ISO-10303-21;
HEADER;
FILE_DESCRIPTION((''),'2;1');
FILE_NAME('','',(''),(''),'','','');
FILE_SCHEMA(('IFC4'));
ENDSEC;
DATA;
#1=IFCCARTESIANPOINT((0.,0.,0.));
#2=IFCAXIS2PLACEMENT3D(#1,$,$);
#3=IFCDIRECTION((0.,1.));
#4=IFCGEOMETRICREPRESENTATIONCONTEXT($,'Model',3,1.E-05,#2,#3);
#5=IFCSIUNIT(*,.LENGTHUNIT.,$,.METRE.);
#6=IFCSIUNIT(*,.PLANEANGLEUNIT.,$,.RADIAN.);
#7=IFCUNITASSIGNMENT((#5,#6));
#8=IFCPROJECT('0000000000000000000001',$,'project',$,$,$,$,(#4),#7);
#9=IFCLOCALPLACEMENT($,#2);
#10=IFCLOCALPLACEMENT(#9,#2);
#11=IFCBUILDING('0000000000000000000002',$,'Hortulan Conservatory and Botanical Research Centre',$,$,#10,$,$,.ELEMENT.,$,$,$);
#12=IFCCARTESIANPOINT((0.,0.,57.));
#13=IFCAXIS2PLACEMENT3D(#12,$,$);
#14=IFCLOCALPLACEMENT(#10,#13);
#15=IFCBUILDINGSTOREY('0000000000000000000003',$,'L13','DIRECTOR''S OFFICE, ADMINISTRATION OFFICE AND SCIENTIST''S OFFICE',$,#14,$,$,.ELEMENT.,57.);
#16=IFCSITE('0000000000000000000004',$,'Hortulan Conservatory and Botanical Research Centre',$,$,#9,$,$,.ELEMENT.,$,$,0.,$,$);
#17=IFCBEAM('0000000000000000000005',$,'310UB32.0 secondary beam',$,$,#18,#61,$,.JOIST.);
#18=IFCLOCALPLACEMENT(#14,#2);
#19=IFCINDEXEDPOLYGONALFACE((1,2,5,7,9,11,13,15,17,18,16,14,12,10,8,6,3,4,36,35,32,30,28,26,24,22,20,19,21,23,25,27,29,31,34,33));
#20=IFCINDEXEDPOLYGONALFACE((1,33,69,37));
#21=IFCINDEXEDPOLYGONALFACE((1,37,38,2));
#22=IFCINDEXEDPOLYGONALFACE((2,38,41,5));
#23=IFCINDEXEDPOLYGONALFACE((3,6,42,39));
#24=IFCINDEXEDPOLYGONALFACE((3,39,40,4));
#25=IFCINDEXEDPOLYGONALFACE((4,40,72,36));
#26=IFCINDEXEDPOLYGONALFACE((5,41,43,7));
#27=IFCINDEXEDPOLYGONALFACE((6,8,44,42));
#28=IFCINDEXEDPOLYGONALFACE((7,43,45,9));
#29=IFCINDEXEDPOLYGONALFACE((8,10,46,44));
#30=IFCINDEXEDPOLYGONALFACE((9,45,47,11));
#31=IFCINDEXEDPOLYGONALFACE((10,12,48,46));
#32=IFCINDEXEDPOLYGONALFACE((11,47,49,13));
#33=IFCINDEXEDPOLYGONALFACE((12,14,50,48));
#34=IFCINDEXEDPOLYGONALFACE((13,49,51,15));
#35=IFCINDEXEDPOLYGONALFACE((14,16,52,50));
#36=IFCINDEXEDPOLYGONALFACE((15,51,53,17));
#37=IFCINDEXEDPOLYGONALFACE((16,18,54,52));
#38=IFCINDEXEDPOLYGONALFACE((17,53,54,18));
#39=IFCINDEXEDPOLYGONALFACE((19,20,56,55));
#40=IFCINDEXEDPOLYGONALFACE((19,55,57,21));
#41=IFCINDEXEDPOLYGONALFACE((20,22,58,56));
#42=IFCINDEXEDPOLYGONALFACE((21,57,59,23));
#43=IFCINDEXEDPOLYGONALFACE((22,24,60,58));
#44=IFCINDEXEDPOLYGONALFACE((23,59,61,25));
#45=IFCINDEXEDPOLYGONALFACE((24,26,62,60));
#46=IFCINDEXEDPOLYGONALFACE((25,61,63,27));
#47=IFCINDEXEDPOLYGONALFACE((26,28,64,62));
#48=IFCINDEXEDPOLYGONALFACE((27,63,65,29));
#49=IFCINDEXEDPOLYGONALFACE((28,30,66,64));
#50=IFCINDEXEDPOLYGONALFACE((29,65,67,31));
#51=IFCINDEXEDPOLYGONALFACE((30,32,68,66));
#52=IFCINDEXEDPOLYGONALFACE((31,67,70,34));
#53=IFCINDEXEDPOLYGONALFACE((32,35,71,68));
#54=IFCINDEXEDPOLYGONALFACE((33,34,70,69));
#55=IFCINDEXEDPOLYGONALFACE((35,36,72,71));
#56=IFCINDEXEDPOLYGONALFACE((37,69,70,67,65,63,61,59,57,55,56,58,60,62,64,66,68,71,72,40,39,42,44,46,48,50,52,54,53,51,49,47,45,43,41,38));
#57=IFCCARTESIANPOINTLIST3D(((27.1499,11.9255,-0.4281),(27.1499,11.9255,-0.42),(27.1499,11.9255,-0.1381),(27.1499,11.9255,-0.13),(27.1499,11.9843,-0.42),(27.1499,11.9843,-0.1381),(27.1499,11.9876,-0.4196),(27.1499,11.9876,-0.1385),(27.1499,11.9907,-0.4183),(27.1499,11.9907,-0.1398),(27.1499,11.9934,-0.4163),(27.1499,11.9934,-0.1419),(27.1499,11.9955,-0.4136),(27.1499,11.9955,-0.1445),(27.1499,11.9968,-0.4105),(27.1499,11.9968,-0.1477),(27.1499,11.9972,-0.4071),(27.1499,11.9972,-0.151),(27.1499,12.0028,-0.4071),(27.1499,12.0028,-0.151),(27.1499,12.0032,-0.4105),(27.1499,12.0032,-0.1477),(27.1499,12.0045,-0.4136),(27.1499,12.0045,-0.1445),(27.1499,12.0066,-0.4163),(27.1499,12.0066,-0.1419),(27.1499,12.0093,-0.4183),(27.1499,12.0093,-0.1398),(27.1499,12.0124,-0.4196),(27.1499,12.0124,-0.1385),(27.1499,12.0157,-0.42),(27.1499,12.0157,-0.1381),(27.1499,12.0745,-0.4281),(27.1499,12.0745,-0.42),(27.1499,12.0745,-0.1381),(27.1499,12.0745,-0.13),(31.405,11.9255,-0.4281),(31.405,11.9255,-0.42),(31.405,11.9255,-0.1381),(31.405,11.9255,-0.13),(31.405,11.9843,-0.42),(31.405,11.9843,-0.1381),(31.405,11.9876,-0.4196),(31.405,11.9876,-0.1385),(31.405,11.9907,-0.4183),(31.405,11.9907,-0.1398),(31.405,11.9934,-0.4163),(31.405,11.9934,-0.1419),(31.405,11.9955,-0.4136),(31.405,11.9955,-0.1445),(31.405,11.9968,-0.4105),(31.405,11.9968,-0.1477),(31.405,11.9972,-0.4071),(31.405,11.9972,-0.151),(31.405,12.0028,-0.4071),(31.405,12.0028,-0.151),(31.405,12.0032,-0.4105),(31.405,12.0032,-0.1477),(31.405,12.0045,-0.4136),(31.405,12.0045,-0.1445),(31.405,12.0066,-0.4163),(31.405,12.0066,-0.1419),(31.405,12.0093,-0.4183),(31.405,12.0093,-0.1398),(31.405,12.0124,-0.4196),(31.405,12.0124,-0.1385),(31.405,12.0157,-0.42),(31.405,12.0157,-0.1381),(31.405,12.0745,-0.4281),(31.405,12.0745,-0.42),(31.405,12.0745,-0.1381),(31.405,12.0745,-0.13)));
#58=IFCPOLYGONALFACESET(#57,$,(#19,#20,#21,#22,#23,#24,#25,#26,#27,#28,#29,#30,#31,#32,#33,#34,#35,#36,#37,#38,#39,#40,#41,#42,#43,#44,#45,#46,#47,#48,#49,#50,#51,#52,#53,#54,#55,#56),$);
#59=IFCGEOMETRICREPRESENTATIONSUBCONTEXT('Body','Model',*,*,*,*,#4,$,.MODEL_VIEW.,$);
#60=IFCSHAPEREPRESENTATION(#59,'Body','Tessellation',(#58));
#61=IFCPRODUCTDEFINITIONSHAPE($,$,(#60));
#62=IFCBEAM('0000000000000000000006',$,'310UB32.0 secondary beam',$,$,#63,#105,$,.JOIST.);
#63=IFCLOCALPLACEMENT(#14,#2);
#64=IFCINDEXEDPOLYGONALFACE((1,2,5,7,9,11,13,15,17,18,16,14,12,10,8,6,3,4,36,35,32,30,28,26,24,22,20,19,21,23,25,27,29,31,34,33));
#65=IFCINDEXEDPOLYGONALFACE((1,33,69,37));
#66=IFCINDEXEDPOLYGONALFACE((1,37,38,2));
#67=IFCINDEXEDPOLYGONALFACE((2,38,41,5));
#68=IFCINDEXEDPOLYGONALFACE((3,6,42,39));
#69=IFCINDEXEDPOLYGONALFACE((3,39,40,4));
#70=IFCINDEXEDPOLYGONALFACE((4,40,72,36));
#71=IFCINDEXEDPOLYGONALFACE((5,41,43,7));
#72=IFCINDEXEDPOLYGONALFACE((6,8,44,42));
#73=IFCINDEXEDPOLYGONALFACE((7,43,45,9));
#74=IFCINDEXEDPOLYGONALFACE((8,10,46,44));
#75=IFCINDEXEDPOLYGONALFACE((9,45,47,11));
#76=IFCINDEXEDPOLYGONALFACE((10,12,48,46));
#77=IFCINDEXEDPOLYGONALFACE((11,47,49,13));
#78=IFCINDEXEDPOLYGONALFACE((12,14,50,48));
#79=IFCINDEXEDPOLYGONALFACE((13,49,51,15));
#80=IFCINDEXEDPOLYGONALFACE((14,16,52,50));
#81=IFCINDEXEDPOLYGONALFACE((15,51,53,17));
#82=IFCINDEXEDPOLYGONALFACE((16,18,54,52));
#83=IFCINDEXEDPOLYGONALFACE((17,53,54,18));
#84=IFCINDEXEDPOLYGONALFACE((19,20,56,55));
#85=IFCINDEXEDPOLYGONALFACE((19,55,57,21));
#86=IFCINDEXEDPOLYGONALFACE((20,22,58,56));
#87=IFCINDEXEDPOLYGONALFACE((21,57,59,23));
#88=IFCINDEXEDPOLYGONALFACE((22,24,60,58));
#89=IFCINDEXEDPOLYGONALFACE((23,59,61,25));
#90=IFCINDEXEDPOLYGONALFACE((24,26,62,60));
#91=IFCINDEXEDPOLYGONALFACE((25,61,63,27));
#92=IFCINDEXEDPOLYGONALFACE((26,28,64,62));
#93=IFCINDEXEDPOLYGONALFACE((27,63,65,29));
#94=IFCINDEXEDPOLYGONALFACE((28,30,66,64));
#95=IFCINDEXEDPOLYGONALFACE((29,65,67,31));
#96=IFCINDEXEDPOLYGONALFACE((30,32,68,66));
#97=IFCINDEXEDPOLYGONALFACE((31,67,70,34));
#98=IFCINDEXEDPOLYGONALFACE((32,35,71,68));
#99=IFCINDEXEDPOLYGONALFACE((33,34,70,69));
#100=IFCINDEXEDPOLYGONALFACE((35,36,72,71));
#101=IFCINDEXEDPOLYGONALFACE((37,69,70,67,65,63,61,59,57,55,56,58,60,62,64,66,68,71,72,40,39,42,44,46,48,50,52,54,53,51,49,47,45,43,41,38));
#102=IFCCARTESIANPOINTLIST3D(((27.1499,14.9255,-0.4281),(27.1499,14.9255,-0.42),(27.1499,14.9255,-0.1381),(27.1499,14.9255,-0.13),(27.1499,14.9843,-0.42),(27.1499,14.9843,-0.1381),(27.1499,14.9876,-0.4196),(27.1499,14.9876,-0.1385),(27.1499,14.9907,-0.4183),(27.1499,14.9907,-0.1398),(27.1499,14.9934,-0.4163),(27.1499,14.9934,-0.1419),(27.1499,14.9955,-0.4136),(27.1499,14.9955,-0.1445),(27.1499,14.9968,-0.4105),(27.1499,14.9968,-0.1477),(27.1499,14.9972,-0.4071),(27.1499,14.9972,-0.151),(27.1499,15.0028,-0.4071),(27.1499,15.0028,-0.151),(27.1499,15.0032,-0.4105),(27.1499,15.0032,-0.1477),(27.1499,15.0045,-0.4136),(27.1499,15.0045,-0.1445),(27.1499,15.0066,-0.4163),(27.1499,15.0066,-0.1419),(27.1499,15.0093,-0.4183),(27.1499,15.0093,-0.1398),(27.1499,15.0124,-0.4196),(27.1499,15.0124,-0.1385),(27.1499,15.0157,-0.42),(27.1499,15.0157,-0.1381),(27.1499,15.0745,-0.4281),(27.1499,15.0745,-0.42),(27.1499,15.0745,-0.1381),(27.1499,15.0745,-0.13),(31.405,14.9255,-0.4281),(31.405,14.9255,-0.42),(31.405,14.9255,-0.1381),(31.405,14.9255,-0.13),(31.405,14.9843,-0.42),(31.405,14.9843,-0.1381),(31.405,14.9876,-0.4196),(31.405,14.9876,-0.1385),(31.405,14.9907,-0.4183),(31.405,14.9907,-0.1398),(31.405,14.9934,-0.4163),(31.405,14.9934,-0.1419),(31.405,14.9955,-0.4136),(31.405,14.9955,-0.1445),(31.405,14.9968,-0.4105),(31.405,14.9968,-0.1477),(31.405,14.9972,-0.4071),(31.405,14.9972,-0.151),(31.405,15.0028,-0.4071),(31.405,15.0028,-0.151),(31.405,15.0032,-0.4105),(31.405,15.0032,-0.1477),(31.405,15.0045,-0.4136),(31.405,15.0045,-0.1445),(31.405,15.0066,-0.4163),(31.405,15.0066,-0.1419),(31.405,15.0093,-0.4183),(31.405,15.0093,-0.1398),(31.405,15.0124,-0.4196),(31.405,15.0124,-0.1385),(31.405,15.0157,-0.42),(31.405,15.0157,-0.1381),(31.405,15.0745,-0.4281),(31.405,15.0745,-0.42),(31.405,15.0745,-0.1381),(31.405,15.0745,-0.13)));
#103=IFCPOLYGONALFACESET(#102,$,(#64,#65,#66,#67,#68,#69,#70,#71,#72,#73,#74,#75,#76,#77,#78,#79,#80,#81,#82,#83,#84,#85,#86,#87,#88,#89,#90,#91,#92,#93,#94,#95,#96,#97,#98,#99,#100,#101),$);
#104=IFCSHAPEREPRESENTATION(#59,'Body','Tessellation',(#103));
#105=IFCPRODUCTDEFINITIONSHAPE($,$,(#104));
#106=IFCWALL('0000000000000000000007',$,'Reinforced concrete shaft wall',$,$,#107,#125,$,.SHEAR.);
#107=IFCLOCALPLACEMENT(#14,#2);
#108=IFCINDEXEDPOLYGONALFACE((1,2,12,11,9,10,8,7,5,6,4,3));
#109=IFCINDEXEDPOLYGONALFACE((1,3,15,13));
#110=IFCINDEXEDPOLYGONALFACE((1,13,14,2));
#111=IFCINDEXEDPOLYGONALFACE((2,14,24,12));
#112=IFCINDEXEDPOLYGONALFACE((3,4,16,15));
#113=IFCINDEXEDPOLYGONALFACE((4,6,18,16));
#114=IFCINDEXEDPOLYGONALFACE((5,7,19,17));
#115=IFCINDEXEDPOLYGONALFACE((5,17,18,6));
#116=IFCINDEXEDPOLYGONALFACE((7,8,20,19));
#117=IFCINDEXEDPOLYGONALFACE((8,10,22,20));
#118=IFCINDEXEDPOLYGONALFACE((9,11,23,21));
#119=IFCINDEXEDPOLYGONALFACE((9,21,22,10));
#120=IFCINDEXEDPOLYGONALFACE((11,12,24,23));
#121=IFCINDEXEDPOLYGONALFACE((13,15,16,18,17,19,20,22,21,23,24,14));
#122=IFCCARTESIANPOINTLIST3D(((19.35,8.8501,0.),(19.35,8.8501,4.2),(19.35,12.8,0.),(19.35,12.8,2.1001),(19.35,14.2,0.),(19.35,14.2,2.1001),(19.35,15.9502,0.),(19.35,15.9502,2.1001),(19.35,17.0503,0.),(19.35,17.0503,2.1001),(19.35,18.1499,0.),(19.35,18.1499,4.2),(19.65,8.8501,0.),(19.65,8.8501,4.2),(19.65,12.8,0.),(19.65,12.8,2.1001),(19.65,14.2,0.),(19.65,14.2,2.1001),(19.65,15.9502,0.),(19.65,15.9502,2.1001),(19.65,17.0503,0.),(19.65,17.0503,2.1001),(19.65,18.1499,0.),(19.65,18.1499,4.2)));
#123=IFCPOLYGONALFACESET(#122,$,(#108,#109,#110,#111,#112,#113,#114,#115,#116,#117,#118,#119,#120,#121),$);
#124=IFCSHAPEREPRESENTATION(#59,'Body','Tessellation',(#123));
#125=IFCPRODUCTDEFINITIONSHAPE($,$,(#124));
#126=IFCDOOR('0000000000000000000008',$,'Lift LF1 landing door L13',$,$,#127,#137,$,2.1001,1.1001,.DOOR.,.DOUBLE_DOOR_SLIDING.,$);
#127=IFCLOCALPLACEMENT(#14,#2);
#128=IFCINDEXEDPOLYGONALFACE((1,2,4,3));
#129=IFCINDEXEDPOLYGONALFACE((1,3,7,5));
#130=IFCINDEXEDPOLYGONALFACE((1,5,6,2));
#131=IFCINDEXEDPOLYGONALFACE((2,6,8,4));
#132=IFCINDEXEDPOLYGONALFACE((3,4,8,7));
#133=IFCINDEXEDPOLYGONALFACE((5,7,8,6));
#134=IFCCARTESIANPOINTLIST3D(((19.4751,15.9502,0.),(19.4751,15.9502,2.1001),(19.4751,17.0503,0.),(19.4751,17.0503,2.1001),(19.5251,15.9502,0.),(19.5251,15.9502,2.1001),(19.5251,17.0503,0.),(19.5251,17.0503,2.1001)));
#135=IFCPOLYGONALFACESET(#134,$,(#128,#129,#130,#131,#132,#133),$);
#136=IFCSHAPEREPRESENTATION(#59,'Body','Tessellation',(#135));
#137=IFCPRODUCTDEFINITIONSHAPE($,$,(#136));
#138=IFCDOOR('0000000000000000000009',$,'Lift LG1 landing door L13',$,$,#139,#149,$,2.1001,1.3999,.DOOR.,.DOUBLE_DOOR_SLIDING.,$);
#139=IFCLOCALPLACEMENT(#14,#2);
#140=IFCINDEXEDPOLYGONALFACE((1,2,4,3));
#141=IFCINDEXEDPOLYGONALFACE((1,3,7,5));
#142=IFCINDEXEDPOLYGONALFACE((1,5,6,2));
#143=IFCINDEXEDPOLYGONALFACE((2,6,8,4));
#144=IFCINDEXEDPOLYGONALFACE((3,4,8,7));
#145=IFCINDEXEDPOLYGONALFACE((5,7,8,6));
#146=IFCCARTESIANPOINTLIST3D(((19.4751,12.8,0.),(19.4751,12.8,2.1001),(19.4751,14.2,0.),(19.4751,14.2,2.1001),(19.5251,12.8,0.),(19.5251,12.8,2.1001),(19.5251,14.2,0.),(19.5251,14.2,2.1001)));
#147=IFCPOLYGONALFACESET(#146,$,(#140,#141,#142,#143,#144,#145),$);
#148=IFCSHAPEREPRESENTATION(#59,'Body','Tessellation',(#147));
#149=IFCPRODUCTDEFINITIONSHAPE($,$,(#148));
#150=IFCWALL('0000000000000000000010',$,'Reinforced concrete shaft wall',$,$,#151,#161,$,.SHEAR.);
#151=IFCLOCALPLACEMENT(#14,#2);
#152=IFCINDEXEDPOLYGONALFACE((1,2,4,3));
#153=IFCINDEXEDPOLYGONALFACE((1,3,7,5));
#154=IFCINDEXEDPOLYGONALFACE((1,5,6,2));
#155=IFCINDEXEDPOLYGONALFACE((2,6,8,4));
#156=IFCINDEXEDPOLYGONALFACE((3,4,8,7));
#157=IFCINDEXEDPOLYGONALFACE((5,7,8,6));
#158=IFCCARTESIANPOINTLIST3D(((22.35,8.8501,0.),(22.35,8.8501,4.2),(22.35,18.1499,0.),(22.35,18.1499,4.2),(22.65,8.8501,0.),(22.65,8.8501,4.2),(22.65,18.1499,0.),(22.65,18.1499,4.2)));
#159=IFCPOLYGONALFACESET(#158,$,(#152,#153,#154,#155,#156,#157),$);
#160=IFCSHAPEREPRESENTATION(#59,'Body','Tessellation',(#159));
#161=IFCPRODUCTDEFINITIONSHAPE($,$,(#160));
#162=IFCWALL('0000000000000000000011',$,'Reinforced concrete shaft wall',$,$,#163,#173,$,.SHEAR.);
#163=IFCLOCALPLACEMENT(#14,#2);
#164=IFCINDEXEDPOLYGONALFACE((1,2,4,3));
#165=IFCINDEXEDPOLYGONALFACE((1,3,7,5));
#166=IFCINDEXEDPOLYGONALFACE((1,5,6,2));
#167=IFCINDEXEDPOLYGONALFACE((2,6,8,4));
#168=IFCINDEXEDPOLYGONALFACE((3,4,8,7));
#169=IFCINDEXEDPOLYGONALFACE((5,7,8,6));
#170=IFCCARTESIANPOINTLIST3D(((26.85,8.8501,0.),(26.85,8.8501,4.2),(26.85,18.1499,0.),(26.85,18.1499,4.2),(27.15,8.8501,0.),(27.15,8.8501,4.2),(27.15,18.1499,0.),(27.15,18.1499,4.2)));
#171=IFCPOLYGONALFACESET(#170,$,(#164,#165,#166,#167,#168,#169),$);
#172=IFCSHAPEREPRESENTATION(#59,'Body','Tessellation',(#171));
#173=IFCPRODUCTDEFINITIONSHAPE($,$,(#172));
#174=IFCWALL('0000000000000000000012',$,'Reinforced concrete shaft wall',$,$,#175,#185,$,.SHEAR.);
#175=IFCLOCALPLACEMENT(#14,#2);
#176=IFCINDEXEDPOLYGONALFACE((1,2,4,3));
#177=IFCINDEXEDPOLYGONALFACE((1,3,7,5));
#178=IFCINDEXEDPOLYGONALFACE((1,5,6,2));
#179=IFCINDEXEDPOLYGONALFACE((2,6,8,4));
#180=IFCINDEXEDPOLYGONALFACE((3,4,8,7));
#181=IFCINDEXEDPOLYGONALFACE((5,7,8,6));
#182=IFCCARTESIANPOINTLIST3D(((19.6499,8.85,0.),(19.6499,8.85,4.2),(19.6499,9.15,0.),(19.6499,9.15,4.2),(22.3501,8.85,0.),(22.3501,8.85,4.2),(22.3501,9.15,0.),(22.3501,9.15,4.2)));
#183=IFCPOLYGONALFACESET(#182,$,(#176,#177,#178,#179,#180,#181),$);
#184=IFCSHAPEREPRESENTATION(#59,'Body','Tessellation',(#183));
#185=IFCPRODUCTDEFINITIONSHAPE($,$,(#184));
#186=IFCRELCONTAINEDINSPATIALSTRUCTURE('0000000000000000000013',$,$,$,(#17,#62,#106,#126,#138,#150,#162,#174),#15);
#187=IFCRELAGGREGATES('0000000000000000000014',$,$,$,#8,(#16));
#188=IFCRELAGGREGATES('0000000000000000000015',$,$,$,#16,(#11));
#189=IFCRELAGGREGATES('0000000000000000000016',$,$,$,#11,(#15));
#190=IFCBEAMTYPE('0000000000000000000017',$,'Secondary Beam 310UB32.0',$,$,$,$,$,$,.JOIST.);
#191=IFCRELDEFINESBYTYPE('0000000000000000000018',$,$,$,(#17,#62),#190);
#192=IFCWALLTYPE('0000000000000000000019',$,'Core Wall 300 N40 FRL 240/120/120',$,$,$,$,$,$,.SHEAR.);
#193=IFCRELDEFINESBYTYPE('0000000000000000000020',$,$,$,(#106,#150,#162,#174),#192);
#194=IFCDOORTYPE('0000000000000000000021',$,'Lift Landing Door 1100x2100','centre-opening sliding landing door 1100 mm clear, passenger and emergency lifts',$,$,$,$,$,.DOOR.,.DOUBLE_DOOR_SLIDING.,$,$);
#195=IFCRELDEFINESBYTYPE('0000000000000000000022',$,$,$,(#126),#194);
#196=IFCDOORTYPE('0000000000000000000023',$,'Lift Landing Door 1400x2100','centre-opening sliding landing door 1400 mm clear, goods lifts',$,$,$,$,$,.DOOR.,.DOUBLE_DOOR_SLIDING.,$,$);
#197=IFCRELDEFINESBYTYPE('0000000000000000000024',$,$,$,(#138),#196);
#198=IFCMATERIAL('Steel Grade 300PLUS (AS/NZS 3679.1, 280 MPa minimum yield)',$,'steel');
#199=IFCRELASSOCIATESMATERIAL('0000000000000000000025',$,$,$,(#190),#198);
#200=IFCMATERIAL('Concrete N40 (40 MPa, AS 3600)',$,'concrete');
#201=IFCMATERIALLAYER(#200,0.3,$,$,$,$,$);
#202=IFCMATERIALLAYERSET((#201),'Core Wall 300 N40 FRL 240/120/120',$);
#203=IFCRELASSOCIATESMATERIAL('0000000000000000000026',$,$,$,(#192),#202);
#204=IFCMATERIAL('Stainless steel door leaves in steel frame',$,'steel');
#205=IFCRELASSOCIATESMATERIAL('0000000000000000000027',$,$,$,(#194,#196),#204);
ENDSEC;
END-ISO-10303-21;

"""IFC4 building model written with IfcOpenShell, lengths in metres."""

from ifc_helpers import new_model, si_unit, direction, frame, frame_2d, origin, origin_2d, place, context, subcontext, project, spatial, rectangle, i_section, extrude, material, layer, layer_set, material_profile, profile_set, type_object, element, fill, save


model = new_model("IFC4")

# Units and contexts
model_context = context("Model", 3, precision=1e-05, world=origin(), true_north=direction((0.0, 1.0)))
body_context = subcontext(model_context, "Body", "Model", "MODEL_VIEW")
ifc_project = project(units=[si_unit("LENGTHUNIT", "METRE"), si_unit("PLANEANGLEUNIT", "RADIAN")], contexts=[model_context])

# Site, building, storey
site_placement = place(None, origin())
site = spatial("IfcSite", under=ifc_project, at=site_placement, Name="Hortulan Conservatory and Botanical Research Centre", CompositionType="ELEMENT", RefElevation=0.0)
building_placement = place(site_placement, origin())
building = spatial("IfcBuilding", under=site, at=building_placement, Name="Hortulan Conservatory and Botanical Research Centre", CompositionType="ELEMENT")
storey_placement = place(building_placement, frame((0.0, 0.0, 57.0)))
storey = spatial("IfcBuildingStorey", under=building, at=storey_placement, Name="L13", Description="DIRECTOR'S OFFICE, ADMINISTRATION OFFICE AND SCIENTIST'S OFFICE", CompositionType="ELEMENT", Elevation=57.0)

# Shared definitions
ifc_material_1 = material(Name="Steel Grade 300PLUS (AS/NZS 3679.1, 280 MPa minimum yield)", Category="steel")

# Beams
ifc_material_profile_1 = material_profile(ifc_material_1, i_section(OverallWidth=0.1489, OverallDepth=0.2981, WebThickness=0.0056, FlangeThickness=0.0081, FilletRadius=0.0129, at=origin_2d()), Name="310UB32.0")
ifc_profile_set_1 = profile_set([ifc_material_profile_1], Name="Steel Grade 300PLUS (AS/NZS 3679.1, 280 MPa minimum yield)")
beam_type_1 = type_object("IfcBeamType", Name="Secondary Beam 310UB32.0", PredefinedType="JOIST", material=ifc_profile_set_1)
for number, where, z_axis, x_axis, name in (
    (1, (27.1499, 12.0, -0.2791), (1.0, 0.0, 0.0), (0.0, 1.0, 0.0), "310UB32.0 secondary beam"),
    (2, (27.1499, 15.0, -0.2791), (1.0, 0.0, 0.0), (0.0, 1.0, 0.0), "310UB32.0 secondary beam"),
):
    element("IfcBeam", number, at=place(storey_placement, frame(where, z_axis=z_axis, x_axis=x_axis)), inside=storey, type_object=beam_type_1, Name=name, PredefinedType="JOIST", context=body_context, shape_type="SweptSolid", body=[
        extrude(i_section(OverallWidth=0.1489, OverallDepth=0.2981, WebThickness=0.0056, FlangeThickness=0.0081, FilletRadius=0.0129, at=origin_2d()), origin(), (0.0, 0.0, 1.0), 4.2551),
    ])

# Wall, openings, doors
ifc_material_2 = material(Name="Concrete N40 (40 MPa, AS 3600)", Category="concrete")
ifc_layer_1 = layer(ifc_material_2, 0.3)
ifc_layer_set_1 = layer_set([ifc_layer_1], Name="Core Wall 300 N40 FRL 240/120/120")
wall_type_1 = type_object("IfcWallType", Name="Core Wall 300 N40 FRL 240/120/120", PredefinedType="SHEAR", material=ifc_layer_set_1)
wall_1_placement = place(storey_placement, frame((19.5, 8.8501, 0.0), z_axis=(0.0, 0.0, 1.0), x_axis=(0.0, 1.0, 0.0)))
wall_1 = element("IfcWall", 3, at=wall_1_placement, inside=storey, type_object=wall_type_1, Name="Reinforced concrete shaft wall", PredefinedType="SHEAR", context=body_context, shape_type="SweptSolid", body=[
    extrude(rectangle(XDim=9.2998, YDim=0.3, at=frame_2d((4.6499, 0.0))), origin(), (0.0, 0.0, 1.0), 4.2),
])
opening_1_placement = place(wall_1_placement, frame((3.95, 0.0, 0.0)))
opening_1 = element("IfcOpeningElement", 4, at=opening_1_placement, cuts=wall_1, PredefinedType="OPENING", context=body_context, shape_type="SweptSolid", body=[
    extrude(rectangle(XDim=1.3999, YDim=2.1001, at=frame_2d((0.7, 1.05))), frame((0.0, 0.1599, 0.0), z_axis=(0.0, -1.0, 0.0), x_axis=(1.0, 0.0, 0.0)), (0.0, 0.0, 1.0), 0.3201),
])
opening_2_placement = place(wall_1_placement, frame((7.1001, 0.0, 0.0)))
opening_2 = element("IfcOpeningElement", 5, at=opening_2_placement, cuts=wall_1, PredefinedType="OPENING", context=body_context, shape_type="SweptSolid", body=[
    extrude(rectangle(XDim=1.1001, YDim=2.1001, at=frame_2d((0.55, 1.05))), frame((0.0, 0.1599, 0.0), z_axis=(0.0, -1.0, 0.0), x_axis=(1.0, 0.0, 0.0)), (0.0, 0.0, 1.0), 0.3201),
])
ifc_material_3 = material(Name="Stainless steel door leaves in steel frame", Category="steel")
door_type_1 = type_object("IfcDoorType", Name="Lift Landing Door 1100x2100", Description="centre-opening sliding landing door 1100 mm clear, passenger and emergency lifts", OperationType="DOUBLE_DOOR_SLIDING", PredefinedType="DOOR", material=ifc_material_3)
door_1_placement = place(opening_2_placement, origin())
door_1 = element("IfcDoor", 6, at=door_1_placement, inside=storey, type_object=door_type_1, Name="Lift LF1 landing door L13", OperationType="DOUBLE_DOOR_SLIDING", OverallHeight=2.1001, OverallWidth=1.1001, PredefinedType="DOOR", context=body_context, shape_type="SweptSolid", body=[
    extrude(rectangle(XDim=1.1001, YDim=2.1001, at=frame_2d((0.55, 1.05))), frame((0.0, 0.0249, 0.0), z_axis=(0.0, -1.0, 0.0), x_axis=(1.0, 0.0, 0.0)), (0.0, 0.0, 1.0), 0.05),
])
fill(opening_2, door_1)
door_type_2 = type_object("IfcDoorType", Name="Lift Landing Door 1400x2100", Description="centre-opening sliding landing door 1400 mm clear, goods lifts", OperationType="DOUBLE_DOOR_SLIDING", PredefinedType="DOOR", material=ifc_material_3)
door_2_placement = place(opening_1_placement, origin())
door_2 = element("IfcDoor", 7, at=door_2_placement, inside=storey, type_object=door_type_2, Name="Lift LG1 landing door L13", OperationType="DOUBLE_DOOR_SLIDING", OverallHeight=2.1001, OverallWidth=1.3999, PredefinedType="DOOR", context=body_context, shape_type="SweptSolid", body=[
    extrude(rectangle(XDim=1.3999, YDim=2.1001, at=frame_2d((0.7, 1.05))), frame((0.0, 0.0249, 0.0), z_axis=(0.0, -1.0, 0.0), x_axis=(1.0, 0.0, 0.0)), (0.0, 0.0, 1.0), 0.05),
])
fill(opening_1, door_2)

# Walls
for number, where, z_axis, x_axis, name in (
    (8, (22.5, 8.8501, 0.0), (0.0, 0.0, 1.0), (0.0, 1.0, 0.0), "Reinforced concrete shaft wall"),
    (9, (27.0, 8.8501, 0.0), (0.0, 0.0, 1.0), (0.0, 1.0, 0.0), "Reinforced concrete shaft wall"),
):
    element("IfcWall", number, at=place(storey_placement, frame(where, z_axis=z_axis, x_axis=x_axis)), inside=storey, type_object=wall_type_1, Name=name, PredefinedType="SHEAR", context=body_context, shape_type="SweptSolid", body=[
        extrude(rectangle(XDim=9.2998, YDim=0.3, at=frame_2d((4.6499, 0.0))), origin(), (0.0, 0.0, 1.0), 4.2),
    ])
wall_2_placement = place(storey_placement, frame((19.6499, 9.0, 0.0), z_axis=(0.0, 0.0, 1.0), x_axis=(1.0, 0.0, 0.0)))
element("IfcWall", 10, at=wall_2_placement, inside=storey, type_object=wall_type_1, Name="Reinforced concrete shaft wall", PredefinedType="SHEAR", context=body_context, shape_type="SweptSolid", body=[
    extrude(rectangle(XDim=2.7002, YDim=0.3, at=frame_2d((1.3501, 0.0))), origin(), (0.0, 0.0, 1.0), 4.2),
])

save(model, "model.ifc")
